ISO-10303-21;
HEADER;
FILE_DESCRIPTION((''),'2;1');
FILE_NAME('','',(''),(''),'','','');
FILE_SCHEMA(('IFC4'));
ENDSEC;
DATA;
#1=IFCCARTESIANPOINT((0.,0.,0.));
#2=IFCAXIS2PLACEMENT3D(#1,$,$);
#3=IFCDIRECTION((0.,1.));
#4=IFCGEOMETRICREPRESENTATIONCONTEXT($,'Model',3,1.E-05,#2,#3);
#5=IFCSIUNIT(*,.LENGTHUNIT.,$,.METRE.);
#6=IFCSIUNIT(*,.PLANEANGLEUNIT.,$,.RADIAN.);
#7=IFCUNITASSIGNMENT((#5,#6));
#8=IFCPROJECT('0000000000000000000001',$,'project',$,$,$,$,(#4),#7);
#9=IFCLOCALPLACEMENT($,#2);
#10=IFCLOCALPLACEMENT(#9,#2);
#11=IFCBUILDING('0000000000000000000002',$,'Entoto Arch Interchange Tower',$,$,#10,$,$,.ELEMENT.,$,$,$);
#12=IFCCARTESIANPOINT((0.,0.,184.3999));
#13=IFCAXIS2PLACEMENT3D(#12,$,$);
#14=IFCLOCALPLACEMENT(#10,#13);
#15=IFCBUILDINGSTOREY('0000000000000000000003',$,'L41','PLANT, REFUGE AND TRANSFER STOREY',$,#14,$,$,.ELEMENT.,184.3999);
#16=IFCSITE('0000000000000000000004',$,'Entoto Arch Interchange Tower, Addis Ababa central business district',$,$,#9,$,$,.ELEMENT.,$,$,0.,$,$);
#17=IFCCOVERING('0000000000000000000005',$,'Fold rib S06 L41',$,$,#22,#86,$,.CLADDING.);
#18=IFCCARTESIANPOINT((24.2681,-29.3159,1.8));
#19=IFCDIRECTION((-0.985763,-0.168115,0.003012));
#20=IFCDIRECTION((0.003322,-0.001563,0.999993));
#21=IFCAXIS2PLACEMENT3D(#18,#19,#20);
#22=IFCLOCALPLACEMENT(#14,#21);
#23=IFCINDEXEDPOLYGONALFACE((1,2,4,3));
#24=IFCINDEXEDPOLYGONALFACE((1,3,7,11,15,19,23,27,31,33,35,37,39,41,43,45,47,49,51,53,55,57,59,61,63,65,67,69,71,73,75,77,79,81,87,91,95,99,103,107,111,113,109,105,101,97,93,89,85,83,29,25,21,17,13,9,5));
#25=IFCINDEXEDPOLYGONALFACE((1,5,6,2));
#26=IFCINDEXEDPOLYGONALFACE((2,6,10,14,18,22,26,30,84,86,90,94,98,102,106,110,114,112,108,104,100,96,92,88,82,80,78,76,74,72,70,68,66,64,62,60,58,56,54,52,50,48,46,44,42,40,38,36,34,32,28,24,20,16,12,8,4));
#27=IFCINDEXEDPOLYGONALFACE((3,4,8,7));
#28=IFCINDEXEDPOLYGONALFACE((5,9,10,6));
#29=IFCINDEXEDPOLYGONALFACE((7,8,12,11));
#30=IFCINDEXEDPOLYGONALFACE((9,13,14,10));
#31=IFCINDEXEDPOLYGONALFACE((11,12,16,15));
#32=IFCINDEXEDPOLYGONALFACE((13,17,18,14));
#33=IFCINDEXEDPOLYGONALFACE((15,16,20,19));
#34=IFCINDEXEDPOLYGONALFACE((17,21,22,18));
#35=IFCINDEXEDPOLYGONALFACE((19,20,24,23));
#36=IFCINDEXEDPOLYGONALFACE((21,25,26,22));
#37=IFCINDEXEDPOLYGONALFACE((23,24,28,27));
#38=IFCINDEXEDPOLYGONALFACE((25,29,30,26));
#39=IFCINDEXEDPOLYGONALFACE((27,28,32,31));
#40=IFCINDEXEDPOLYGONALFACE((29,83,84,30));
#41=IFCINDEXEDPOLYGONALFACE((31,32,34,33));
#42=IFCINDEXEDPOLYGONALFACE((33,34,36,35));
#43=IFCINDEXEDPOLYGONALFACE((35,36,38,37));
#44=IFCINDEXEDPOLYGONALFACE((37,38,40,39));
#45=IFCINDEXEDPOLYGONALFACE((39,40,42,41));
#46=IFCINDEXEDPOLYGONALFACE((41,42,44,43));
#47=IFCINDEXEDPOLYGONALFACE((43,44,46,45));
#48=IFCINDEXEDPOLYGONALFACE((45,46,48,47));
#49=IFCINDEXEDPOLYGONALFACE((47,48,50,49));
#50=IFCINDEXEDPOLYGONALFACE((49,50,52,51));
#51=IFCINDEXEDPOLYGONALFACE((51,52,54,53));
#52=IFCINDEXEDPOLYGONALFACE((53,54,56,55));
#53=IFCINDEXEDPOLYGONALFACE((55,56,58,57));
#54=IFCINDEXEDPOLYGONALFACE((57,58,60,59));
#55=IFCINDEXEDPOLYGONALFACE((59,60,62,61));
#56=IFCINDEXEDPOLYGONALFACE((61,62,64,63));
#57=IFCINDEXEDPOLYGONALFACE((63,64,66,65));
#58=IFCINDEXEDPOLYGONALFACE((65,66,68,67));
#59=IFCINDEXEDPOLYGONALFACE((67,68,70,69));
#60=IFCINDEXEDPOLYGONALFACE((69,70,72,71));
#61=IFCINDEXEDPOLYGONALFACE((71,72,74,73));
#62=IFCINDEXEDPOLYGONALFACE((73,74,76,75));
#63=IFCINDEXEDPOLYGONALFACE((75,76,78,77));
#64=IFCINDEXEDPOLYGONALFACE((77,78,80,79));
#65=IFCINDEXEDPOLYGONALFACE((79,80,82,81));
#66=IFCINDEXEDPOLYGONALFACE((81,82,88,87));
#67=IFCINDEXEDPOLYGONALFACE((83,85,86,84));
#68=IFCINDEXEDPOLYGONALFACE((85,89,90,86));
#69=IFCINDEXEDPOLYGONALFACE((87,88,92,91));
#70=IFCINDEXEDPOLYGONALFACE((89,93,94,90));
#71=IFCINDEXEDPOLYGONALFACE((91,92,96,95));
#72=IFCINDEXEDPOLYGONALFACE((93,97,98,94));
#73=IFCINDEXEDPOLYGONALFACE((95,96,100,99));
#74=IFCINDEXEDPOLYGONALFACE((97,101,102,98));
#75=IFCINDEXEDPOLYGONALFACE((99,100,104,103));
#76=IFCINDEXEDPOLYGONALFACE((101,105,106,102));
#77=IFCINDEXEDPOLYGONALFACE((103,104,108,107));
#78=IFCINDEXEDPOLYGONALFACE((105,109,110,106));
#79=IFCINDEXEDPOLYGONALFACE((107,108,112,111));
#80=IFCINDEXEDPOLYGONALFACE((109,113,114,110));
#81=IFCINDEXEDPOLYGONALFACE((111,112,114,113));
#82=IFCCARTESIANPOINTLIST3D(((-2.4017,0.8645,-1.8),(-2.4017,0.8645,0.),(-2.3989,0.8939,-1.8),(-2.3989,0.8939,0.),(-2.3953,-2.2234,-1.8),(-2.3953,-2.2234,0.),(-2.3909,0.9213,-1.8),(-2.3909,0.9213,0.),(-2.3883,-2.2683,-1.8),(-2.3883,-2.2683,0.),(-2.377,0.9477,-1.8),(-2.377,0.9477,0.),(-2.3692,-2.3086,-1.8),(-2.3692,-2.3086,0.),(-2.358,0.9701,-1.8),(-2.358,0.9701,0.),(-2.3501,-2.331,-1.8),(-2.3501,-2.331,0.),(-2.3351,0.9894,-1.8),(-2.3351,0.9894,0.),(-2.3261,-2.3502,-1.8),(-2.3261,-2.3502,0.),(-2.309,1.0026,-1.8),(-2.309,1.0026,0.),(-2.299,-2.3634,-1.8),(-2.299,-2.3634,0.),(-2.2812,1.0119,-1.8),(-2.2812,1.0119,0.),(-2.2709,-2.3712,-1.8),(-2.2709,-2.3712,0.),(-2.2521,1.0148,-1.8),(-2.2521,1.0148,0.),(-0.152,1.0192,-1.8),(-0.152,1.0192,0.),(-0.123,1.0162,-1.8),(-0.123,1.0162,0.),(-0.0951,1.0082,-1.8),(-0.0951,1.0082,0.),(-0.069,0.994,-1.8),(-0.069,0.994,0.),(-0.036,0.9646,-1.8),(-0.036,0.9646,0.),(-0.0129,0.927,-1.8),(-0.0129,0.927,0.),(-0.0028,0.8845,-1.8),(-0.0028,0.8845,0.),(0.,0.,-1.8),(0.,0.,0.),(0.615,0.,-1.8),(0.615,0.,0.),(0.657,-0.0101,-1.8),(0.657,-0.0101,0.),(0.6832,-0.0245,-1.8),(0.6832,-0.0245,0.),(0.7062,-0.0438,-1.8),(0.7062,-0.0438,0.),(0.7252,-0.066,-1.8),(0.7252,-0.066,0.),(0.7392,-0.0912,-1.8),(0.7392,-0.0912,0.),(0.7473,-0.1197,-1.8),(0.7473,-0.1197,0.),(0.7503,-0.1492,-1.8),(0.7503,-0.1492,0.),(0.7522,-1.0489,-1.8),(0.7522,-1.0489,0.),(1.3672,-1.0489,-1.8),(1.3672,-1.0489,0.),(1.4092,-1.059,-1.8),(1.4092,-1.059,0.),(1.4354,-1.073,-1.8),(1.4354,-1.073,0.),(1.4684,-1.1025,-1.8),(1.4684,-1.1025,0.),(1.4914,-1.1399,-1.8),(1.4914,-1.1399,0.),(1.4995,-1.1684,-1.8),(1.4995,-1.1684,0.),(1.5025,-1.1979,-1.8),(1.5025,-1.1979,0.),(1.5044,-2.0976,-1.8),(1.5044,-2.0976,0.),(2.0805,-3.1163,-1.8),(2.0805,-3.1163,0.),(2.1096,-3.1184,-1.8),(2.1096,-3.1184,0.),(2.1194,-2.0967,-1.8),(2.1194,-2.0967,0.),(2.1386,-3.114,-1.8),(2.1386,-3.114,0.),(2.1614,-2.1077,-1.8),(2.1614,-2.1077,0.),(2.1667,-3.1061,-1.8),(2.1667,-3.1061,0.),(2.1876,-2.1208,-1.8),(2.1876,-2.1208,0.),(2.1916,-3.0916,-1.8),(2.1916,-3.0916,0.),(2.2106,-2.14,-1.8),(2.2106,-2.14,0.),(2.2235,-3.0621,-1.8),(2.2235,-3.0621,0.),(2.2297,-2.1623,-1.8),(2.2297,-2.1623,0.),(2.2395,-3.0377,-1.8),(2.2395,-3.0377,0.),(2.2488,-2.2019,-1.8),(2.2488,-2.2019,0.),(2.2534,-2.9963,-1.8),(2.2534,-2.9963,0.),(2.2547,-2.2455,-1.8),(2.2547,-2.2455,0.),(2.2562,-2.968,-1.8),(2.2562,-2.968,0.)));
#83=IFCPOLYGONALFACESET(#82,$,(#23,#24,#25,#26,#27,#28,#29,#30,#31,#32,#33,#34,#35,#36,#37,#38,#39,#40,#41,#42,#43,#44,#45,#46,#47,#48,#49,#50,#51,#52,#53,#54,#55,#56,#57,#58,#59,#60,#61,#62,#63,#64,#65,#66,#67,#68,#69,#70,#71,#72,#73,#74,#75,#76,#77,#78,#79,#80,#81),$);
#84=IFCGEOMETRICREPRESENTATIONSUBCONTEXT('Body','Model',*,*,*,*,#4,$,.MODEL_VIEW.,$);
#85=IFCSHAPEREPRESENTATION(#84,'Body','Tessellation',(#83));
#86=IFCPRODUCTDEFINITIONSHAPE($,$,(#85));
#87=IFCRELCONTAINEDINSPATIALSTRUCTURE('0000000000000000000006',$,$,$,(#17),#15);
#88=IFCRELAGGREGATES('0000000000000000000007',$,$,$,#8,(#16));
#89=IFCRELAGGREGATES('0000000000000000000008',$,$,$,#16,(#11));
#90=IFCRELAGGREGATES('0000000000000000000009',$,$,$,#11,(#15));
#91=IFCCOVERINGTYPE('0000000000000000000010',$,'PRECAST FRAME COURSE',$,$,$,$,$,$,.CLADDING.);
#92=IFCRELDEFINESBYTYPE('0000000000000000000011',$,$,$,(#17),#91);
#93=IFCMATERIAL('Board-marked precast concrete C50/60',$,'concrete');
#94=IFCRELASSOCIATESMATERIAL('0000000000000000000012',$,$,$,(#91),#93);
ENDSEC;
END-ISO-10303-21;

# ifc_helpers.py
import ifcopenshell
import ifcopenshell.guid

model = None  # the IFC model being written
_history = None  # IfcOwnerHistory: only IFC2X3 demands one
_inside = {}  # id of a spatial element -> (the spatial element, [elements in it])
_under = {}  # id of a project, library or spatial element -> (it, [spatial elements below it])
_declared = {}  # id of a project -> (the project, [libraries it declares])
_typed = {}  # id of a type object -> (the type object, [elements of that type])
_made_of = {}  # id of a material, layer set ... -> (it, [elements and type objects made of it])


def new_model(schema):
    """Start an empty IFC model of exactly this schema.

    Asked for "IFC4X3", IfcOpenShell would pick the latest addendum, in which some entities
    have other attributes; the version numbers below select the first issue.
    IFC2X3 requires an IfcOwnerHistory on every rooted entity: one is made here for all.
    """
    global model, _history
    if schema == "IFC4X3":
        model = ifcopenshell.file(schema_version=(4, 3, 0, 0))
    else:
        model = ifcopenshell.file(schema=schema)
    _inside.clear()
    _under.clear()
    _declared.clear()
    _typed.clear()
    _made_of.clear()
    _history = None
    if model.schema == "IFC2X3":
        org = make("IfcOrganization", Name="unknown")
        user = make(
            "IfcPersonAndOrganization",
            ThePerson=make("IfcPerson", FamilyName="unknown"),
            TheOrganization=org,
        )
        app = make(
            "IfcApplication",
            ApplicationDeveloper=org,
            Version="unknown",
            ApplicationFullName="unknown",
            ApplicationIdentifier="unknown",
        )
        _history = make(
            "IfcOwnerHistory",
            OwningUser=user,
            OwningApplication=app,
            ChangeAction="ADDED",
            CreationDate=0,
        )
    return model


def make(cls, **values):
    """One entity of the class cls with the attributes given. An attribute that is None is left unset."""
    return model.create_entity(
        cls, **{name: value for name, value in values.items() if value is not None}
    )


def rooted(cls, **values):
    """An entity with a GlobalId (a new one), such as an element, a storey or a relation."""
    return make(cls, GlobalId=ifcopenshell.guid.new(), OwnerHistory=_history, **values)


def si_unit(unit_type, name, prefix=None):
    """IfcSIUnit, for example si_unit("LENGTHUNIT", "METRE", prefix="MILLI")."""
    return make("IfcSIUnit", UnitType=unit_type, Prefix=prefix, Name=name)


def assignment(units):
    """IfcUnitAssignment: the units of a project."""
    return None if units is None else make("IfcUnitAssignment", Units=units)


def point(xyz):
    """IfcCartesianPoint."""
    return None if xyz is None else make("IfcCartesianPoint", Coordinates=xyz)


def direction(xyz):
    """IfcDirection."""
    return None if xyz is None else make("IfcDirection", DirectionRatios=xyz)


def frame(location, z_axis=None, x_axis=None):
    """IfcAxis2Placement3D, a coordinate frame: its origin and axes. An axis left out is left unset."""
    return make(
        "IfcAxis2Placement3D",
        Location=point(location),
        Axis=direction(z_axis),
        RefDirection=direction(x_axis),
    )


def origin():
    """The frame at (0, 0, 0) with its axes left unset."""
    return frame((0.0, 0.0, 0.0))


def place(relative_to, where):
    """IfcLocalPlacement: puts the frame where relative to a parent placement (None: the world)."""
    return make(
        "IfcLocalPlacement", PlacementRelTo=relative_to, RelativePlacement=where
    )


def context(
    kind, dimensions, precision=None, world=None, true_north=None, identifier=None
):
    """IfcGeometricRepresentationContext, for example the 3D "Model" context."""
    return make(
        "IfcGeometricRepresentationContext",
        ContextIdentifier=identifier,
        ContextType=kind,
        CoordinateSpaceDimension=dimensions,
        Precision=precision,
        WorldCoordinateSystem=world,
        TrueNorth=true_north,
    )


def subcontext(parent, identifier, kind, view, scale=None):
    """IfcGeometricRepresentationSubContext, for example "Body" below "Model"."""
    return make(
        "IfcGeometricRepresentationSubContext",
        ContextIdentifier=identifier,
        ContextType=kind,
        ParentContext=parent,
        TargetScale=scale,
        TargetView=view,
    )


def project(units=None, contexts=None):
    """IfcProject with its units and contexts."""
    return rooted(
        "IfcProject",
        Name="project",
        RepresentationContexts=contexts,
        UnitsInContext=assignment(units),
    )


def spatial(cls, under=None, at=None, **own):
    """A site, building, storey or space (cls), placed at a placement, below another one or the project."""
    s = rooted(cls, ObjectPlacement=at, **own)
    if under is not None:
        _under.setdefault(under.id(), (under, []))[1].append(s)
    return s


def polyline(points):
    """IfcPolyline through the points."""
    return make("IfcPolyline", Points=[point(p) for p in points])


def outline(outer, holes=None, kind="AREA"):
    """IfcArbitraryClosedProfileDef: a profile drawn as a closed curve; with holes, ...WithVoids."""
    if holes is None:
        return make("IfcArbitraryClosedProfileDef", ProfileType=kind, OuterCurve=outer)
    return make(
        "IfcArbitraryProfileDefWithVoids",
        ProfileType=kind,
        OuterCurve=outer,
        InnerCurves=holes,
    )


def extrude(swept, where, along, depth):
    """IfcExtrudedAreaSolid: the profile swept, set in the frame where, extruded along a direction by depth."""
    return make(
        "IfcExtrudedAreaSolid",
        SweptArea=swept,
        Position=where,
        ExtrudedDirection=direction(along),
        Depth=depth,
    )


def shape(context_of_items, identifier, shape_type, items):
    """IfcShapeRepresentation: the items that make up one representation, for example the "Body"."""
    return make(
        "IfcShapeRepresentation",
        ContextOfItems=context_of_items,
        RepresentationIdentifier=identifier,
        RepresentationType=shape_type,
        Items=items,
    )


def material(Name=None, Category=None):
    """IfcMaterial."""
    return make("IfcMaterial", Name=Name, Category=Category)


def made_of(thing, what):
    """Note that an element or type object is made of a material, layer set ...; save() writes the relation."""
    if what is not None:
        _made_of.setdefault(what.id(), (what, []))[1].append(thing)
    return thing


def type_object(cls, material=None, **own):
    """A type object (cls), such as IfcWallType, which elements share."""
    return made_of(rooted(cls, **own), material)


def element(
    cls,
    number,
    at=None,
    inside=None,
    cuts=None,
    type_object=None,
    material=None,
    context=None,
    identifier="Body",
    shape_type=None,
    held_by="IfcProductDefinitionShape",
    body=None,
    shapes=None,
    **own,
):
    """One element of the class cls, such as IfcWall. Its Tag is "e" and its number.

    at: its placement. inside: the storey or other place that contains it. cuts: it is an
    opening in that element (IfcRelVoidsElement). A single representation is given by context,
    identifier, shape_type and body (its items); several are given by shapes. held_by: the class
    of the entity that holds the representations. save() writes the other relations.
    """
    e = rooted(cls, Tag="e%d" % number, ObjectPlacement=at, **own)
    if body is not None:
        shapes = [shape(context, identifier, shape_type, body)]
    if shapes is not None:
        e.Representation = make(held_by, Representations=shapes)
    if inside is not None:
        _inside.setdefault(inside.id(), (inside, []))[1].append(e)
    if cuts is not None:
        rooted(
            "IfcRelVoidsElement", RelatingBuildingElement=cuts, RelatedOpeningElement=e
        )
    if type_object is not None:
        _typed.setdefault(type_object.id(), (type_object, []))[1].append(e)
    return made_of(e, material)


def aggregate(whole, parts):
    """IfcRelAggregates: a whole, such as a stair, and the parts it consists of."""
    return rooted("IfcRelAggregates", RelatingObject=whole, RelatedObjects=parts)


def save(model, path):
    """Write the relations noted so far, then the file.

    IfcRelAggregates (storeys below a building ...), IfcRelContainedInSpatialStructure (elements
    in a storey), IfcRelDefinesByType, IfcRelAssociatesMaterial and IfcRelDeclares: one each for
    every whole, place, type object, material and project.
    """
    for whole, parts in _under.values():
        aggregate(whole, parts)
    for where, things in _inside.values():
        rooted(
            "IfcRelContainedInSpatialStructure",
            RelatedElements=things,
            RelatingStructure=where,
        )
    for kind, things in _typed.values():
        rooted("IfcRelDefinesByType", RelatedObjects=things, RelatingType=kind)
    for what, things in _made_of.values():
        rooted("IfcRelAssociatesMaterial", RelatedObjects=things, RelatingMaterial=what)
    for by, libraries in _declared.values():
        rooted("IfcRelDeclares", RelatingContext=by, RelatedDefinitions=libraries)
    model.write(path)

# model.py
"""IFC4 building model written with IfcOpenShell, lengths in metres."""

from ifc_helpers import new_model, si_unit, direction, frame, origin, place, context, subcontext, project, spatial, polyline, outline, extrude, material, type_object, element, save


model = new_model("IFC4")

# Units and contexts
model_context = context("Model", 3, precision=1e-05, world=origin(), true_north=direction((0.0, 1.0)))
body_context = subcontext(model_context, "Body", "Model", "MODEL_VIEW")
ifc_project = project(units=[si_unit("LENGTHUNIT", "METRE"), si_unit("PLANEANGLEUNIT", "RADIAN")], contexts=[model_context])

# Site, building, storey
site_placement = place(None, origin())
site = spatial("IfcSite", under=ifc_project, at=site_placement, Name="Entoto Arch Interchange Tower, Addis Ababa central business district", CompositionType="ELEMENT", RefElevation=0.0)
building_placement = place(site_placement, origin())
building = spatial("IfcBuilding", under=site, at=building_placement, Name="Entoto Arch Interchange Tower", CompositionType="ELEMENT")
storey_placement = place(building_placement, frame((0.0, 0.0, 184.3999)))
storey = spatial("IfcBuildingStorey", under=building, at=storey_placement, Name="L41", Description="PLANT, REFUGE AND TRANSFER STOREY", CompositionType="ELEMENT", Elevation=184.3999)

# Shared definitions
ifc_material_1 = material(Name="Board-marked precast concrete C50/60", Category="concrete")

# Covering
covering_type = type_object("IfcCoveringType", Name="PRECAST FRAME COURSE", PredefinedType="CLADDING", material=ifc_material_1)
covering_placement = place(storey_placement, frame((24.2681, -29.3159, 1.8), z_axis=(-0.985763, -0.168115, 0.003012), x_axis=(0.003322, -0.001563, 0.999993)))
element("IfcCovering", 1, at=covering_placement, inside=storey, type_object=covering_type, Name="Fold rib S06 L41", PredefinedType="CLADDING", context=body_context, shape_type="SweptSolid", body=[
    extrude(outline(polyline([(0.0, 0.0), (0.615, 0.0), (0.657, -0.0101), (0.6832, -0.0245), (0.7062, -0.0438), (0.7252, -0.066), (0.7392, -0.0912), (0.7473, -0.1197), (0.7503, -0.1492), (0.7522, -1.0489), (1.3672, -1.0489), (1.4092, -1.059), (1.4354, -1.073), (1.4684, -1.1025), (1.4914, -1.1399), (1.4995, -1.1684), (1.5025, -1.1979), (1.5044, -2.0976), (2.1194, -2.0967), (2.1614, -2.1077), (2.1876, -2.1208), (2.2106, -2.14), (2.2297, -2.1623), (2.2488, -2.2019), (2.2547, -2.2455), (2.2562, -2.968), (2.2534, -2.9963), (2.2395, -3.0377), (2.2235, -3.0621), (2.1916, -3.0916), (2.1667, -3.1061), (2.1386, -3.114), (2.1096, -3.1184), (2.0805, -3.1163), (-2.2709, -2.3712), (-2.299, -2.3634), (-2.3261, -2.3502), (-2.3501, -2.331), (-2.3692, -2.3086), (-2.3883, -2.2683), (-2.3953, -2.2234), (-2.4017, 0.8645), (-2.3989, 0.8939), (-2.3909, 0.9213), (-2.377, 0.9477), (-2.358, 0.9701), (-2.3351, 0.9894), (-2.309, 1.0026), (-2.2812, 1.0119), (-2.2521, 1.0148), (-0.152, 1.0192), (-0.123, 1.0162), (-0.0951, 1.0082), (-0.069, 0.994), (-0.036, 0.9646), (-0.0129, 0.927), (-0.0028, 0.8845), (0.0, 0.0)])), origin(), (0.0, 0.0, -1.0), 1.8),
])

save(model, "model.ifc")
